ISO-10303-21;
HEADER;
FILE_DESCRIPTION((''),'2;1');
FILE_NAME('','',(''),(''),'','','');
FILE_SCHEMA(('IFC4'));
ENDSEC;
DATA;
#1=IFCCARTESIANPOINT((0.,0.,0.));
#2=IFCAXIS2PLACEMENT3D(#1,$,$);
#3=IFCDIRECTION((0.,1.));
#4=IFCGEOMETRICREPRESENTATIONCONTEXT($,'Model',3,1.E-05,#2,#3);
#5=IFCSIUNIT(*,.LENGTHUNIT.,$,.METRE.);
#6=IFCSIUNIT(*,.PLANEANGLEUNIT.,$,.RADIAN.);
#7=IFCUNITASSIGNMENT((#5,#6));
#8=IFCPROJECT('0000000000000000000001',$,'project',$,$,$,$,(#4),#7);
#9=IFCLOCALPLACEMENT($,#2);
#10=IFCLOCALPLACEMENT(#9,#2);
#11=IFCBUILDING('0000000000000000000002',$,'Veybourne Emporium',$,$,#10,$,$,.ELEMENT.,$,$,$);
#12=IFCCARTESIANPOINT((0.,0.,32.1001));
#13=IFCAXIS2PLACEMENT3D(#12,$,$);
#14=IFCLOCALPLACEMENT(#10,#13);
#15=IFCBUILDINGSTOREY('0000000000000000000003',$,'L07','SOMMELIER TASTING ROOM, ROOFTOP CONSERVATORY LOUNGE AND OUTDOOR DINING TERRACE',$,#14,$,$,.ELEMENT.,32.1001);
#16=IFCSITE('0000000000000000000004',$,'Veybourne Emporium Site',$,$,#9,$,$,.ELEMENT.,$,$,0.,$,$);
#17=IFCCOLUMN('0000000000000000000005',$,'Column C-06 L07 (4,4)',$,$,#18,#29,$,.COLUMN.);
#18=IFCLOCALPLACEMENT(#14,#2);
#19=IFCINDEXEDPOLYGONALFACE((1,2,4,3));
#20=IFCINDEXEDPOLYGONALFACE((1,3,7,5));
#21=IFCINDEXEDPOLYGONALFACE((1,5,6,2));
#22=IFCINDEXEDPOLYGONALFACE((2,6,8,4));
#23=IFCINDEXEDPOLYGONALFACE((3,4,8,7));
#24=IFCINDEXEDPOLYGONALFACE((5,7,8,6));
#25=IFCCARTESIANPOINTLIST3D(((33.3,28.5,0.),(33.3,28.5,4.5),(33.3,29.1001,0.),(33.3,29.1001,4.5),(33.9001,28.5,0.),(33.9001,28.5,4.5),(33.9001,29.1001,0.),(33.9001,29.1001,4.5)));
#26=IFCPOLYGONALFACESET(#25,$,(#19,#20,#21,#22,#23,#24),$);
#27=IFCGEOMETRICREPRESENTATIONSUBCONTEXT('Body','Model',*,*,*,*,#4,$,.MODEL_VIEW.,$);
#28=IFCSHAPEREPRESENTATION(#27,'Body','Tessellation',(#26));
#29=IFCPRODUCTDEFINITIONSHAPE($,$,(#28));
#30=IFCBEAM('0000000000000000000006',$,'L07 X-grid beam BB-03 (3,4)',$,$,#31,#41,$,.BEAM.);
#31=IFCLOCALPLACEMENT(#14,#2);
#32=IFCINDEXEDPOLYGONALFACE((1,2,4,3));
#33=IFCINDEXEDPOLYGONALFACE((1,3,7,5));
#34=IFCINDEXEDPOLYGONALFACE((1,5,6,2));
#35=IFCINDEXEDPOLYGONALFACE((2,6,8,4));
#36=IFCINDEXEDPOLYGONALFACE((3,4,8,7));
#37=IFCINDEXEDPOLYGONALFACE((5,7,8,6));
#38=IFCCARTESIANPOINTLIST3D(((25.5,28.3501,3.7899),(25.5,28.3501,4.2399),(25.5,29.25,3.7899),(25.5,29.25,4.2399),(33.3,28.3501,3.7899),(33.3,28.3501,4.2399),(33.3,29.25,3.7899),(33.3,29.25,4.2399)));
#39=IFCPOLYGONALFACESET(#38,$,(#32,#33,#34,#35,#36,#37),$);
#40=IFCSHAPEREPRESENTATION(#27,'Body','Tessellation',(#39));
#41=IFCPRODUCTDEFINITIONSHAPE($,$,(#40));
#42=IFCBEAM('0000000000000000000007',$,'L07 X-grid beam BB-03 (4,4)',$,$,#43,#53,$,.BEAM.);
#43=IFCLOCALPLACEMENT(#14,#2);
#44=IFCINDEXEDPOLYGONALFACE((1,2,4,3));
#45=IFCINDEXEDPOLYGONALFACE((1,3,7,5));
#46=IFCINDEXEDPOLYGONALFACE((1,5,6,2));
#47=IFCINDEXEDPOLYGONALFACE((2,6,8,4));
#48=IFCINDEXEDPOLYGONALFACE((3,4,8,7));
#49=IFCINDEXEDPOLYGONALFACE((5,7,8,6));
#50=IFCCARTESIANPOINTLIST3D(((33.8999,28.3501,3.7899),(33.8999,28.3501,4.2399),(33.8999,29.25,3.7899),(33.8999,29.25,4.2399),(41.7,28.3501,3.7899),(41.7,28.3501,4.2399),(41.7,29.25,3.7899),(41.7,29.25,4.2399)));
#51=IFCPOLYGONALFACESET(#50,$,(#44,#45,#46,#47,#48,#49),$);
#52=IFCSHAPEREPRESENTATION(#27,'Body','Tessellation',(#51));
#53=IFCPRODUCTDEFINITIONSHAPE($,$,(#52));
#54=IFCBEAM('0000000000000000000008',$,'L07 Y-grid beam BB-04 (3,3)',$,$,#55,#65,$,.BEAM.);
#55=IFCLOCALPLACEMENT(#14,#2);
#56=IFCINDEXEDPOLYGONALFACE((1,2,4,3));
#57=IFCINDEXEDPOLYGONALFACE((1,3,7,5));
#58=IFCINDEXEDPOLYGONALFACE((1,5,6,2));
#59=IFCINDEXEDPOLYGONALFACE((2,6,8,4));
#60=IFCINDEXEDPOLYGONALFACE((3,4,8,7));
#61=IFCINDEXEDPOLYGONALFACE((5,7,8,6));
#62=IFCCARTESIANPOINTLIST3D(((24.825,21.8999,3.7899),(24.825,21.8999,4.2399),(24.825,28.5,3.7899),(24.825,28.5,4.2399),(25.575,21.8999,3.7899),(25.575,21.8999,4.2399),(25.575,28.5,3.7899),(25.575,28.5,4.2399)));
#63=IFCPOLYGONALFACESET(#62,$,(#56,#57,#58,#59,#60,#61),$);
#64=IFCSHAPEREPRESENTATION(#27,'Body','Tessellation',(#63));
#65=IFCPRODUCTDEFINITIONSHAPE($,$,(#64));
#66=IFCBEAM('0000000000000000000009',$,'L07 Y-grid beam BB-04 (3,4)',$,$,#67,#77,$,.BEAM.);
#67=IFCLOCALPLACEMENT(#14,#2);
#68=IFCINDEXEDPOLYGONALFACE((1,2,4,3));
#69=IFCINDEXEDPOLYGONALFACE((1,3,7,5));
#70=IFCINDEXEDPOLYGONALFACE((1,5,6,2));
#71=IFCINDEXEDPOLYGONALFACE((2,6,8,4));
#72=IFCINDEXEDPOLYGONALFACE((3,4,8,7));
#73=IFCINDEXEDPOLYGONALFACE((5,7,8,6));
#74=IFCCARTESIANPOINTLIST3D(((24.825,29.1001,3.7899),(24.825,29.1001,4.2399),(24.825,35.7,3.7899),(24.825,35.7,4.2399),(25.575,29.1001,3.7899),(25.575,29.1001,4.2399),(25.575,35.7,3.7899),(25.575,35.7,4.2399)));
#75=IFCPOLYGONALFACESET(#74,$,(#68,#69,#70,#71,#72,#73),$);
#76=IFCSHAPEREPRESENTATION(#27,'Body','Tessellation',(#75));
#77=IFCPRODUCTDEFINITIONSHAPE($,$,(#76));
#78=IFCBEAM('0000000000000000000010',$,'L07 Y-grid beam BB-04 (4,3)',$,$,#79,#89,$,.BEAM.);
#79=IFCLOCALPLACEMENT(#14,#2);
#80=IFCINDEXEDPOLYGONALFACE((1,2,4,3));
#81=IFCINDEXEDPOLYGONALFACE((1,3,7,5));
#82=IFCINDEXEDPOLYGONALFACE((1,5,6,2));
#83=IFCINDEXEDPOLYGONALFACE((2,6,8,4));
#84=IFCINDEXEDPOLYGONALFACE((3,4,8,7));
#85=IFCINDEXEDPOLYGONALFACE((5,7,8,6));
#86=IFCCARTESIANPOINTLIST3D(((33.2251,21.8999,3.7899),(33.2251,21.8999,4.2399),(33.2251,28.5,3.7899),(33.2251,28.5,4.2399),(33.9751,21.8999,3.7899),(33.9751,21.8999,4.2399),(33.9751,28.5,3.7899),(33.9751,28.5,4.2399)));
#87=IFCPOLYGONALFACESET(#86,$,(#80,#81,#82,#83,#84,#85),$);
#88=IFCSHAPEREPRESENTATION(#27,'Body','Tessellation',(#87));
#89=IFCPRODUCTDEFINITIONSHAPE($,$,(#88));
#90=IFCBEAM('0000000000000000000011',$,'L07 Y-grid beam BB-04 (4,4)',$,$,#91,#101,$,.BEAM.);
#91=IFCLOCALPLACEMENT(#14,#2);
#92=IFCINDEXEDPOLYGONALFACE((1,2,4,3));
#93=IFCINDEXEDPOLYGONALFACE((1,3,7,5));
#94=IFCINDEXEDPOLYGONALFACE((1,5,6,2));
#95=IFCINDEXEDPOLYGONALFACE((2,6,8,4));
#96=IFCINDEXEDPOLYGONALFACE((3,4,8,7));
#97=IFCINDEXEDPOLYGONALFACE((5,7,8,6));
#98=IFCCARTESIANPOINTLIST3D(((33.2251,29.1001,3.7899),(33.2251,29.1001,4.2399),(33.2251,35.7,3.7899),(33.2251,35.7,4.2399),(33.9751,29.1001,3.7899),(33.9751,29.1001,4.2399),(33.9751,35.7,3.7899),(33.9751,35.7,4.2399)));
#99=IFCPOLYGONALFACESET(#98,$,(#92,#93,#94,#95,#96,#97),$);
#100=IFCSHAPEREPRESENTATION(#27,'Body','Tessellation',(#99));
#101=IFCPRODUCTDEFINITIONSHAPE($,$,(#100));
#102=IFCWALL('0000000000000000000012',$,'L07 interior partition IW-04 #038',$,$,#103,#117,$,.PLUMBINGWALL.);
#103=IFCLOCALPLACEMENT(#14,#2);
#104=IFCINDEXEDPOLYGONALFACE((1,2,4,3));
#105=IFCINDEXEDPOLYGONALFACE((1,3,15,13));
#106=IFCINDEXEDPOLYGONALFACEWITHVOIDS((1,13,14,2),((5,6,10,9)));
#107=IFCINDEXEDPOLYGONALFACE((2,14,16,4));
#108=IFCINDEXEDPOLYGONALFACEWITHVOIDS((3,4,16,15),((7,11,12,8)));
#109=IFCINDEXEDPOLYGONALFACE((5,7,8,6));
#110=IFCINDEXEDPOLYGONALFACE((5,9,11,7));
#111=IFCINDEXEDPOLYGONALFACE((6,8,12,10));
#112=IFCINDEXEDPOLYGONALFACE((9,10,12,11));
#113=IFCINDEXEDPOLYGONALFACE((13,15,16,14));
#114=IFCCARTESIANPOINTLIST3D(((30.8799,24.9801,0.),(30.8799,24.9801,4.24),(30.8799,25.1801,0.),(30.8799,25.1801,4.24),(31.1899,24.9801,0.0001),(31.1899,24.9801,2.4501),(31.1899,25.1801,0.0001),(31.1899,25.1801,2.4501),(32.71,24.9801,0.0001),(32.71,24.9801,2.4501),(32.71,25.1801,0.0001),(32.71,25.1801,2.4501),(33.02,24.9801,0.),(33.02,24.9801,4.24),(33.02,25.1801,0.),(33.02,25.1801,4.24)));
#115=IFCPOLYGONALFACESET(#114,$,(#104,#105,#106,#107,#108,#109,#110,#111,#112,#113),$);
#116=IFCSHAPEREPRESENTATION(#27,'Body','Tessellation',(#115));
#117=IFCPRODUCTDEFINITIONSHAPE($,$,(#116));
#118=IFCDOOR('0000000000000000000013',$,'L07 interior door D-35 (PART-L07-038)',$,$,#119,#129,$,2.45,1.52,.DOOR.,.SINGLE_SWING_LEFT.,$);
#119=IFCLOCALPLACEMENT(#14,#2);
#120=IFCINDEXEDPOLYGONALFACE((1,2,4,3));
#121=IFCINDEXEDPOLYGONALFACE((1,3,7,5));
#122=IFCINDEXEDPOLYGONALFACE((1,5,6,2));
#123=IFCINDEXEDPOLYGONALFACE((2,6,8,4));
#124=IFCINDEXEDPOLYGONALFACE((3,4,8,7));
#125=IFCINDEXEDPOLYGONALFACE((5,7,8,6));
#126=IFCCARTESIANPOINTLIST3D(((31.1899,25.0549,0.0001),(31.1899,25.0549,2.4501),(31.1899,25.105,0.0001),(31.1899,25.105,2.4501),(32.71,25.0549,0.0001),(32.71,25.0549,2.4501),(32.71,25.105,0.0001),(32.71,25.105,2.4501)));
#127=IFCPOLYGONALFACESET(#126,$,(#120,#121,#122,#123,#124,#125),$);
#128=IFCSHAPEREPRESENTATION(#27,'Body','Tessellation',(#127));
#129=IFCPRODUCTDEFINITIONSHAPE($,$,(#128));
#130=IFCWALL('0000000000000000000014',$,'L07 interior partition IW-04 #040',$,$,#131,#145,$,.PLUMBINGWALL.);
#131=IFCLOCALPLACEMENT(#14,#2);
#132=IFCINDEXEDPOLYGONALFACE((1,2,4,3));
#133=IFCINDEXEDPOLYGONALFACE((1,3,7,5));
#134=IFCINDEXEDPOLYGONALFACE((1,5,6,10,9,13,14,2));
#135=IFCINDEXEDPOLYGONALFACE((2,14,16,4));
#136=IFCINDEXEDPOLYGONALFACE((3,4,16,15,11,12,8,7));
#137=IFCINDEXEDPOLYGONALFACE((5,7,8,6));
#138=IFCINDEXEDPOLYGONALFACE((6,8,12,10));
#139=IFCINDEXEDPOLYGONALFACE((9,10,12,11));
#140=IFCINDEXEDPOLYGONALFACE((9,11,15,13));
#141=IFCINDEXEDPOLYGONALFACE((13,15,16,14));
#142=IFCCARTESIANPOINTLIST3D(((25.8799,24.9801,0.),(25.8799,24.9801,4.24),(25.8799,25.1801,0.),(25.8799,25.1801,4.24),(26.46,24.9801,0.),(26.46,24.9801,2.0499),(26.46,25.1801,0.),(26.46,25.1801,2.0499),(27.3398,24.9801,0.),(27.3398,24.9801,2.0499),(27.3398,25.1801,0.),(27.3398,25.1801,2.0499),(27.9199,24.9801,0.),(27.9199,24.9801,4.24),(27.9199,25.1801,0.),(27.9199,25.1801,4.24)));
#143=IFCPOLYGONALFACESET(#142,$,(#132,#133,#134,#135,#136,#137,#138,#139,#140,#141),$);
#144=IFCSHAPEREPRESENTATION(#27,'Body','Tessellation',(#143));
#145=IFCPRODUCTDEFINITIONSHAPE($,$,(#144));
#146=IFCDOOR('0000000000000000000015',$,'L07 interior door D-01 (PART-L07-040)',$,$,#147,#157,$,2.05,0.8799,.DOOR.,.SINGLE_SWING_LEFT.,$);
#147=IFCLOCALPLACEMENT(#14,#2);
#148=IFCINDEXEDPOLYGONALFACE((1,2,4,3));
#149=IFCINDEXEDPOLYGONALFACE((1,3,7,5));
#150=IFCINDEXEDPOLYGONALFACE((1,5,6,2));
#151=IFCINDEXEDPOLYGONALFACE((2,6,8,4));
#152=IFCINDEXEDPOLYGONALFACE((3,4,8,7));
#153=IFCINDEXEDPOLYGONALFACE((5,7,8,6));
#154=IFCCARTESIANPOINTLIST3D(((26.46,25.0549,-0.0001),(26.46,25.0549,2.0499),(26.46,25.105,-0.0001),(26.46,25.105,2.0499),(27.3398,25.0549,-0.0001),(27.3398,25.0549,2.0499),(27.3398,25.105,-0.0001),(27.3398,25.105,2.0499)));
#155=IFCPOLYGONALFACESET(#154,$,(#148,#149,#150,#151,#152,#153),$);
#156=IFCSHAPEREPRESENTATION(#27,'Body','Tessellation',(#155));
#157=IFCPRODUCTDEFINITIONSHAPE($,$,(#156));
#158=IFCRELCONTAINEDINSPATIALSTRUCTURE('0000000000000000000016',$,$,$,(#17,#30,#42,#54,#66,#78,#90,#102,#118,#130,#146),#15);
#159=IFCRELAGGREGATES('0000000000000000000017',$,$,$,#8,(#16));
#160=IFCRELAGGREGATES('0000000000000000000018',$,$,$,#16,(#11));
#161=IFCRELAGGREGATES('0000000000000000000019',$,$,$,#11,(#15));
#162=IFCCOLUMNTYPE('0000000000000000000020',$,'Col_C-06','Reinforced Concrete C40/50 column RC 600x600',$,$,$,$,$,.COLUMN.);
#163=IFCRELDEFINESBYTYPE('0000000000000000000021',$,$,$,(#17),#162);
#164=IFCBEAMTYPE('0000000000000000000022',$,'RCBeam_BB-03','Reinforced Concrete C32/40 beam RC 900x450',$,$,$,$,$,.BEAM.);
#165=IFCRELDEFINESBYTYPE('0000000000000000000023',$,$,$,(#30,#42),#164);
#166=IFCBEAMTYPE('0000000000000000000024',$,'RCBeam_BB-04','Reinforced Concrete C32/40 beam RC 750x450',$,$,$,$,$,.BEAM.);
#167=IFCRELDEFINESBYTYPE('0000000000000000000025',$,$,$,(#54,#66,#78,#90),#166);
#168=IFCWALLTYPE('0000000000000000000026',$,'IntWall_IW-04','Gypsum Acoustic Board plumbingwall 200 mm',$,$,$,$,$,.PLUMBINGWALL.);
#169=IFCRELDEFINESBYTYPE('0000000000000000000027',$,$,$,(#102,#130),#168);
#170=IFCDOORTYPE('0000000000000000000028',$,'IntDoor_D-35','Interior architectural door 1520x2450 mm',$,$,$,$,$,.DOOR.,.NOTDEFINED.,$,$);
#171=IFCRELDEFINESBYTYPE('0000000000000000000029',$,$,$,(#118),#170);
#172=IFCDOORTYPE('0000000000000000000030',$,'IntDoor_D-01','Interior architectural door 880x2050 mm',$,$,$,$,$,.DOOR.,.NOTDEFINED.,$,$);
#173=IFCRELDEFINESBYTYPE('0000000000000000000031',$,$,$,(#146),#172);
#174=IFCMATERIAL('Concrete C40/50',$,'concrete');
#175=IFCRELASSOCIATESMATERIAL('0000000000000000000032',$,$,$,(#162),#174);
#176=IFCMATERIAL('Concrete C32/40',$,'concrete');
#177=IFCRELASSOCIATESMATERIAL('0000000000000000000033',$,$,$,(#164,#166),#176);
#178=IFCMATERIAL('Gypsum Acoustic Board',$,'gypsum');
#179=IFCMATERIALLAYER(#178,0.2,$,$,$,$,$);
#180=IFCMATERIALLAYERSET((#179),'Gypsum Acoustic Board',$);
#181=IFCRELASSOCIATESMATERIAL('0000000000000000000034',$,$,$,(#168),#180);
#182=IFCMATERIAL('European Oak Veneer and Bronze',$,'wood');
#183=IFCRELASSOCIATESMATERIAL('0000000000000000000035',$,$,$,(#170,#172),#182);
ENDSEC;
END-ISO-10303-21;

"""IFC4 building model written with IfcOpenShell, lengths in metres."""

from ifc_helpers import new_model, si_unit, direction, frame, frame_2d, origin, origin_2d, place, context, subcontext, project, spatial, rectangle, extrude, material, layer, layer_set, material_profile, profile_set, type_object, element, fill, save


model = new_model("IFC4")

# Units and contexts
model_context = context("Model", 3, precision=1e-05, world=origin(), true_north=direction((0.0, 1.0)))
body_context = subcontext(model_context, "Body", "Model", "MODEL_VIEW")
ifc_project = project(units=[si_unit("LENGTHUNIT", "METRE"), si_unit("PLANEANGLEUNIT", "RADIAN")], contexts=[model_context])

# Site, building, storey
site_placement = place(None, origin())
site = spatial("IfcSite", under=ifc_project, at=site_placement, Name="Veybourne Emporium Site", CompositionType="ELEMENT", RefElevation=0.0)
building_placement = place(site_placement, origin())
building = spatial("IfcBuilding", under=site, at=building_placement, Name="Veybourne Emporium", CompositionType="ELEMENT")
storey_placement = place(building_placement, frame((0.0, 0.0, 32.1001)))
storey = spatial("IfcBuildingStorey", under=building, at=storey_placement, Name="L07", Description="SOMMELIER TASTING ROOM, ROOFTOP CONSERVATORY LOUNGE AND OUTDOOR DINING TERRACE", CompositionType="ELEMENT", Elevation=32.1001)

# Column
ifc_material_1 = material(Name="Concrete C40/50", Category="concrete")
ifc_material_profile_1 = material_profile(ifc_material_1, rectangle(XDim=0.6001, YDim=0.6001, at=origin_2d()), Name="RC 600x600")
ifc_profile_set_1 = profile_set([ifc_material_profile_1], Name="Concrete C40/50")
column_type = type_object("IfcColumnType", Name="Col_C-06", Description="Reinforced Concrete C40/50 column RC 600x600", PredefinedType="COLUMN", material=ifc_profile_set_1)
column_placement = place(storey_placement, frame((33.6001, 28.8, 0.0), z_axis=(0.0, 0.0, 1.0), x_axis=(1.0, 0.0, 0.0)))
element("IfcColumn", 1, at=column_placement, inside=storey, type_object=column_type, Name="Column C-06 L07 (4,4)", PredefinedType="COLUMN", context=body_context, shape_type="SweptSolid", body=[
    extrude(rectangle(XDim=0.6001, YDim=0.6001, at=origin_2d()), origin(), (0.0, 0.0, 1.0), 4.5),
])

# Beams
ifc_material_2 = material(Name="Concrete C32/40", Category="concrete")
ifc_material_profile_2 = material_profile(ifc_material_2, rectangle(XDim=0.8999, YDim=0.45, at=origin_2d()), Name="RC 900x450")
ifc_profile_set_2 = profile_set([ifc_material_profile_2], Name="Concrete C32/40")
beam_type_1 = type_object("IfcBeamType", Name="RCBeam_BB-03", Description="Reinforced Concrete C32/40 beam RC 900x450", PredefinedType="BEAM", material=ifc_profile_set_2)
for number, where, z_axis, x_axis, name in (
    (2, (25.5, 28.8, 4.0149), (1.0, 0.0, 0.0), (0.0, 1.0, 0.0), "L07 X-grid beam BB-03 (3,4)"),
    (3, (33.8999, 28.8, 4.0149), (1.0, 0.0, 0.0), (0.0, 1.0, 0.0), "L07 X-grid beam BB-03 (4,4)"),
):
    element("IfcBeam", number, at=place(storey_placement, frame(where, z_axis=z_axis, x_axis=x_axis)), inside=storey, type_object=beam_type_1, Name=name, PredefinedType="BEAM", context=body_context, shape_type="SweptSolid", body=[
        extrude(rectangle(XDim=0.8999, YDim=0.45, at=origin_2d()), origin(), (0.0, 0.0, 1.0), 7.8),
    ])
ifc_material_profile_3 = material_profile(ifc_material_2, rectangle(XDim=0.75, YDim=0.45, at=origin_2d()), Name="RC 750x450")
ifc_profile_set_3 = profile_set([ifc_material_profile_3], Name="Concrete C32/40")
beam_type_2 = type_object("IfcBeamType", Name="RCBeam_BB-04", Description="Reinforced Concrete C32/40 beam RC 750x450", PredefinedType="BEAM", material=ifc_profile_set_3)
beam_1_placement = place(storey_placement, frame((25.2, 21.8999, 4.0149), z_axis=(0.0, 1.0, 0.0), x_axis=(-1.0, 0.0, 0.0)))
element("IfcBeam", 4, at=beam_1_placement, inside=storey, type_object=beam_type_2, Name="L07 Y-grid beam BB-04 (3,3)", PredefinedType="BEAM", context=body_context, shape_type="SweptSolid", body=[
    extrude(rectangle(XDim=0.75, YDim=0.45, at=origin_2d()), origin(), (0.0, 0.0, 1.0), 6.6001),
])
beam_2_placement = place(storey_placement, frame((25.2, 29.1001, 4.0149), z_axis=(0.0, 1.0, 0.0), x_axis=(-1.0, 0.0, 0.0)))
element("IfcBeam", 5, at=beam_2_placement, inside=storey, type_object=beam_type_2, Name="L07 Y-grid beam BB-04 (3,4)", PredefinedType="BEAM", context=body_context, shape_type="SweptSolid", body=[
    extrude(rectangle(XDim=0.75, YDim=0.45, at=origin_2d()), origin(), (0.0, 0.0, 1.0), 6.5999),
])
beam_3_placement = place(storey_placement, frame((33.6001, 21.8999, 4.0149), z_axis=(0.0, 1.0, 0.0), x_axis=(-1.0, 0.0, 0.0)))
element("IfcBeam", 6, at=beam_3_placement, inside=storey, type_object=beam_type_2, Name="L07 Y-grid beam BB-04 (4,3)", PredefinedType="BEAM", context=body_context, shape_type="SweptSolid", body=[
    extrude(rectangle(XDim=0.75, YDim=0.45, at=origin_2d()), origin(), (0.0, 0.0, 1.0), 6.6001),
])
beam_4_placement = place(storey_placement, frame((33.6001, 29.1001, 4.0149), z_axis=(0.0, 1.0, 0.0), x_axis=(-1.0, 0.0, 0.0)))
element("IfcBeam", 7, at=beam_4_placement, inside=storey, type_object=beam_type_2, Name="L07 Y-grid beam BB-04 (4,4)", PredefinedType="BEAM", context=body_context, shape_type="SweptSolid", body=[
    extrude(rectangle(XDim=0.75, YDim=0.45, at=origin_2d()), origin(), (0.0, 0.0, 1.0), 6.5999),
])

# Walls, openings, doors
ifc_material_3 = material(Name="Gypsum Acoustic Board", Category="gypsum")
ifc_layer = layer(ifc_material_3, 0.2)
ifc_layer_set = layer_set([ifc_layer], Name="Gypsum Acoustic Board")
wall_type = type_object("IfcWallType", Name="IntWall_IW-04", Description="Gypsum Acoustic Board plumbingwall 200 mm", PredefinedType="PLUMBINGWALL", material=ifc_layer_set)
wall_1_placement = place(storey_placement, frame((30.8799, 25.0801, 0.0), z_axis=(0.0, 0.0, 1.0), x_axis=(1.0, 0.0, 0.0)))
wall_1 = element("IfcWall", 8, at=wall_1_placement, inside=storey, type_object=wall_type, Name="L07 interior partition IW-04 #038", PredefinedType="PLUMBINGWALL", context=body_context, shape_type="SweptSolid", body=[
    extrude(rectangle(XDim=2.1401, YDim=0.2, at=frame_2d((1.0701, 0.0))), origin(), (0.0, 0.0, 1.0), 4.24),
])
opening_1_placement = place(wall_1_placement, frame((0.3101, 0.0, 0.0)))
opening_1 = element("IfcOpeningElement", 9, at=opening_1_placement, cuts=wall_1, PredefinedType="OPENING", context=body_context, shape_type="SweptSolid", body=[
    extrude(rectangle(XDim=1.52, YDim=2.45, at=frame_2d((0.76, 1.2251))), frame((0.0, 0.1201, 0.0), z_axis=(0.0, -1.0, 0.0), x_axis=(1.0, 0.0, 0.0)), (0.0, 0.0, 1.0), 0.24),
])
ifc_material_4 = material(Name="European Oak Veneer and Bronze", Category="wood")
door_type_1 = type_object("IfcDoorType", Name="IntDoor_D-35", Description="Interior architectural door 1520x2450 mm", OperationType="NOTDEFINED", PredefinedType="DOOR", material=ifc_material_4)
door_1_placement = place(opening_1_placement, origin())
door_1 = element("IfcDoor", 10, at=door_1_placement, inside=storey, type_object=door_type_1, Name="L07 interior door D-35 (PART-L07-038)", OperationType="SINGLE_SWING_LEFT", OverallHeight=2.45, OverallWidth=1.52, PredefinedType="DOOR", context=body_context, shape_type="SweptSolid", body=[
    extrude(rectangle(XDim=1.52, YDim=2.45, at=frame_2d((0.76, 1.2251))), frame((0.0, 0.0249, 0.0), z_axis=(0.0, -1.0, 0.0), x_axis=(1.0, 0.0, 0.0)), (0.0, 0.0, 1.0), 0.05),
])
fill(opening_1, door_1)
wall_2_placement = place(storey_placement, frame((25.8799, 25.0801, 0.0), z_axis=(0.0, 0.0, 1.0), x_axis=(1.0, 0.0, 0.0)))
wall_2 = element("IfcWall", 11, at=wall_2_placement, inside=storey, type_object=wall_type, Name="L07 interior partition IW-04 #040", PredefinedType="PLUMBINGWALL", context=body_context, shape_type="SweptSolid", body=[
    extrude(rectangle(XDim=2.04, YDim=0.2, at=frame_2d((1.02, 0.0))), origin(), (0.0, 0.0, 1.0), 4.24),
])
opening_2_placement = place(wall_2_placement, frame((0.5801, 0.0, 0.0)))
opening_2 = element("IfcOpeningElement", 12, at=opening_2_placement, cuts=wall_2, PredefinedType="OPENING", context=body_context, shape_type="SweptSolid", body=[
    extrude(rectangle(XDim=0.8799, YDim=2.05, at=frame_2d((0.4399, 1.0249))), frame((0.0, 0.1201, 0.0), z_axis=(0.0, -1.0, 0.0), x_axis=(1.0, 0.0, 0.0)), (0.0, 0.0, 1.0), 0.24),
])
door_type_2 = type_object("IfcDoorType", Name="IntDoor_D-01", Description="Interior architectural door 880x2050 mm", OperationType="NOTDEFINED", PredefinedType="DOOR", material=ifc_material_4)
door_2_placement = place(opening_2_placement, origin())
door_2 = element("IfcDoor", 13, at=door_2_placement, inside=storey, type_object=door_type_2, Name="L07 interior door D-01 (PART-L07-040)", OperationType="SINGLE_SWING_LEFT", OverallHeight=2.05, OverallWidth=0.8799, PredefinedType="DOOR", context=body_context, shape_type="SweptSolid", body=[
    extrude(rectangle(XDim=0.8799, YDim=2.05, at=frame_2d((0.4399, 1.0249))), frame((0.0, 0.0249, 0.0), z_axis=(0.0, -1.0, 0.0), x_axis=(1.0, 0.0, 0.0)), (0.0, 0.0, 1.0), 0.05),
])
fill(opening_2, door_2)

save(model, "model.ifc")
